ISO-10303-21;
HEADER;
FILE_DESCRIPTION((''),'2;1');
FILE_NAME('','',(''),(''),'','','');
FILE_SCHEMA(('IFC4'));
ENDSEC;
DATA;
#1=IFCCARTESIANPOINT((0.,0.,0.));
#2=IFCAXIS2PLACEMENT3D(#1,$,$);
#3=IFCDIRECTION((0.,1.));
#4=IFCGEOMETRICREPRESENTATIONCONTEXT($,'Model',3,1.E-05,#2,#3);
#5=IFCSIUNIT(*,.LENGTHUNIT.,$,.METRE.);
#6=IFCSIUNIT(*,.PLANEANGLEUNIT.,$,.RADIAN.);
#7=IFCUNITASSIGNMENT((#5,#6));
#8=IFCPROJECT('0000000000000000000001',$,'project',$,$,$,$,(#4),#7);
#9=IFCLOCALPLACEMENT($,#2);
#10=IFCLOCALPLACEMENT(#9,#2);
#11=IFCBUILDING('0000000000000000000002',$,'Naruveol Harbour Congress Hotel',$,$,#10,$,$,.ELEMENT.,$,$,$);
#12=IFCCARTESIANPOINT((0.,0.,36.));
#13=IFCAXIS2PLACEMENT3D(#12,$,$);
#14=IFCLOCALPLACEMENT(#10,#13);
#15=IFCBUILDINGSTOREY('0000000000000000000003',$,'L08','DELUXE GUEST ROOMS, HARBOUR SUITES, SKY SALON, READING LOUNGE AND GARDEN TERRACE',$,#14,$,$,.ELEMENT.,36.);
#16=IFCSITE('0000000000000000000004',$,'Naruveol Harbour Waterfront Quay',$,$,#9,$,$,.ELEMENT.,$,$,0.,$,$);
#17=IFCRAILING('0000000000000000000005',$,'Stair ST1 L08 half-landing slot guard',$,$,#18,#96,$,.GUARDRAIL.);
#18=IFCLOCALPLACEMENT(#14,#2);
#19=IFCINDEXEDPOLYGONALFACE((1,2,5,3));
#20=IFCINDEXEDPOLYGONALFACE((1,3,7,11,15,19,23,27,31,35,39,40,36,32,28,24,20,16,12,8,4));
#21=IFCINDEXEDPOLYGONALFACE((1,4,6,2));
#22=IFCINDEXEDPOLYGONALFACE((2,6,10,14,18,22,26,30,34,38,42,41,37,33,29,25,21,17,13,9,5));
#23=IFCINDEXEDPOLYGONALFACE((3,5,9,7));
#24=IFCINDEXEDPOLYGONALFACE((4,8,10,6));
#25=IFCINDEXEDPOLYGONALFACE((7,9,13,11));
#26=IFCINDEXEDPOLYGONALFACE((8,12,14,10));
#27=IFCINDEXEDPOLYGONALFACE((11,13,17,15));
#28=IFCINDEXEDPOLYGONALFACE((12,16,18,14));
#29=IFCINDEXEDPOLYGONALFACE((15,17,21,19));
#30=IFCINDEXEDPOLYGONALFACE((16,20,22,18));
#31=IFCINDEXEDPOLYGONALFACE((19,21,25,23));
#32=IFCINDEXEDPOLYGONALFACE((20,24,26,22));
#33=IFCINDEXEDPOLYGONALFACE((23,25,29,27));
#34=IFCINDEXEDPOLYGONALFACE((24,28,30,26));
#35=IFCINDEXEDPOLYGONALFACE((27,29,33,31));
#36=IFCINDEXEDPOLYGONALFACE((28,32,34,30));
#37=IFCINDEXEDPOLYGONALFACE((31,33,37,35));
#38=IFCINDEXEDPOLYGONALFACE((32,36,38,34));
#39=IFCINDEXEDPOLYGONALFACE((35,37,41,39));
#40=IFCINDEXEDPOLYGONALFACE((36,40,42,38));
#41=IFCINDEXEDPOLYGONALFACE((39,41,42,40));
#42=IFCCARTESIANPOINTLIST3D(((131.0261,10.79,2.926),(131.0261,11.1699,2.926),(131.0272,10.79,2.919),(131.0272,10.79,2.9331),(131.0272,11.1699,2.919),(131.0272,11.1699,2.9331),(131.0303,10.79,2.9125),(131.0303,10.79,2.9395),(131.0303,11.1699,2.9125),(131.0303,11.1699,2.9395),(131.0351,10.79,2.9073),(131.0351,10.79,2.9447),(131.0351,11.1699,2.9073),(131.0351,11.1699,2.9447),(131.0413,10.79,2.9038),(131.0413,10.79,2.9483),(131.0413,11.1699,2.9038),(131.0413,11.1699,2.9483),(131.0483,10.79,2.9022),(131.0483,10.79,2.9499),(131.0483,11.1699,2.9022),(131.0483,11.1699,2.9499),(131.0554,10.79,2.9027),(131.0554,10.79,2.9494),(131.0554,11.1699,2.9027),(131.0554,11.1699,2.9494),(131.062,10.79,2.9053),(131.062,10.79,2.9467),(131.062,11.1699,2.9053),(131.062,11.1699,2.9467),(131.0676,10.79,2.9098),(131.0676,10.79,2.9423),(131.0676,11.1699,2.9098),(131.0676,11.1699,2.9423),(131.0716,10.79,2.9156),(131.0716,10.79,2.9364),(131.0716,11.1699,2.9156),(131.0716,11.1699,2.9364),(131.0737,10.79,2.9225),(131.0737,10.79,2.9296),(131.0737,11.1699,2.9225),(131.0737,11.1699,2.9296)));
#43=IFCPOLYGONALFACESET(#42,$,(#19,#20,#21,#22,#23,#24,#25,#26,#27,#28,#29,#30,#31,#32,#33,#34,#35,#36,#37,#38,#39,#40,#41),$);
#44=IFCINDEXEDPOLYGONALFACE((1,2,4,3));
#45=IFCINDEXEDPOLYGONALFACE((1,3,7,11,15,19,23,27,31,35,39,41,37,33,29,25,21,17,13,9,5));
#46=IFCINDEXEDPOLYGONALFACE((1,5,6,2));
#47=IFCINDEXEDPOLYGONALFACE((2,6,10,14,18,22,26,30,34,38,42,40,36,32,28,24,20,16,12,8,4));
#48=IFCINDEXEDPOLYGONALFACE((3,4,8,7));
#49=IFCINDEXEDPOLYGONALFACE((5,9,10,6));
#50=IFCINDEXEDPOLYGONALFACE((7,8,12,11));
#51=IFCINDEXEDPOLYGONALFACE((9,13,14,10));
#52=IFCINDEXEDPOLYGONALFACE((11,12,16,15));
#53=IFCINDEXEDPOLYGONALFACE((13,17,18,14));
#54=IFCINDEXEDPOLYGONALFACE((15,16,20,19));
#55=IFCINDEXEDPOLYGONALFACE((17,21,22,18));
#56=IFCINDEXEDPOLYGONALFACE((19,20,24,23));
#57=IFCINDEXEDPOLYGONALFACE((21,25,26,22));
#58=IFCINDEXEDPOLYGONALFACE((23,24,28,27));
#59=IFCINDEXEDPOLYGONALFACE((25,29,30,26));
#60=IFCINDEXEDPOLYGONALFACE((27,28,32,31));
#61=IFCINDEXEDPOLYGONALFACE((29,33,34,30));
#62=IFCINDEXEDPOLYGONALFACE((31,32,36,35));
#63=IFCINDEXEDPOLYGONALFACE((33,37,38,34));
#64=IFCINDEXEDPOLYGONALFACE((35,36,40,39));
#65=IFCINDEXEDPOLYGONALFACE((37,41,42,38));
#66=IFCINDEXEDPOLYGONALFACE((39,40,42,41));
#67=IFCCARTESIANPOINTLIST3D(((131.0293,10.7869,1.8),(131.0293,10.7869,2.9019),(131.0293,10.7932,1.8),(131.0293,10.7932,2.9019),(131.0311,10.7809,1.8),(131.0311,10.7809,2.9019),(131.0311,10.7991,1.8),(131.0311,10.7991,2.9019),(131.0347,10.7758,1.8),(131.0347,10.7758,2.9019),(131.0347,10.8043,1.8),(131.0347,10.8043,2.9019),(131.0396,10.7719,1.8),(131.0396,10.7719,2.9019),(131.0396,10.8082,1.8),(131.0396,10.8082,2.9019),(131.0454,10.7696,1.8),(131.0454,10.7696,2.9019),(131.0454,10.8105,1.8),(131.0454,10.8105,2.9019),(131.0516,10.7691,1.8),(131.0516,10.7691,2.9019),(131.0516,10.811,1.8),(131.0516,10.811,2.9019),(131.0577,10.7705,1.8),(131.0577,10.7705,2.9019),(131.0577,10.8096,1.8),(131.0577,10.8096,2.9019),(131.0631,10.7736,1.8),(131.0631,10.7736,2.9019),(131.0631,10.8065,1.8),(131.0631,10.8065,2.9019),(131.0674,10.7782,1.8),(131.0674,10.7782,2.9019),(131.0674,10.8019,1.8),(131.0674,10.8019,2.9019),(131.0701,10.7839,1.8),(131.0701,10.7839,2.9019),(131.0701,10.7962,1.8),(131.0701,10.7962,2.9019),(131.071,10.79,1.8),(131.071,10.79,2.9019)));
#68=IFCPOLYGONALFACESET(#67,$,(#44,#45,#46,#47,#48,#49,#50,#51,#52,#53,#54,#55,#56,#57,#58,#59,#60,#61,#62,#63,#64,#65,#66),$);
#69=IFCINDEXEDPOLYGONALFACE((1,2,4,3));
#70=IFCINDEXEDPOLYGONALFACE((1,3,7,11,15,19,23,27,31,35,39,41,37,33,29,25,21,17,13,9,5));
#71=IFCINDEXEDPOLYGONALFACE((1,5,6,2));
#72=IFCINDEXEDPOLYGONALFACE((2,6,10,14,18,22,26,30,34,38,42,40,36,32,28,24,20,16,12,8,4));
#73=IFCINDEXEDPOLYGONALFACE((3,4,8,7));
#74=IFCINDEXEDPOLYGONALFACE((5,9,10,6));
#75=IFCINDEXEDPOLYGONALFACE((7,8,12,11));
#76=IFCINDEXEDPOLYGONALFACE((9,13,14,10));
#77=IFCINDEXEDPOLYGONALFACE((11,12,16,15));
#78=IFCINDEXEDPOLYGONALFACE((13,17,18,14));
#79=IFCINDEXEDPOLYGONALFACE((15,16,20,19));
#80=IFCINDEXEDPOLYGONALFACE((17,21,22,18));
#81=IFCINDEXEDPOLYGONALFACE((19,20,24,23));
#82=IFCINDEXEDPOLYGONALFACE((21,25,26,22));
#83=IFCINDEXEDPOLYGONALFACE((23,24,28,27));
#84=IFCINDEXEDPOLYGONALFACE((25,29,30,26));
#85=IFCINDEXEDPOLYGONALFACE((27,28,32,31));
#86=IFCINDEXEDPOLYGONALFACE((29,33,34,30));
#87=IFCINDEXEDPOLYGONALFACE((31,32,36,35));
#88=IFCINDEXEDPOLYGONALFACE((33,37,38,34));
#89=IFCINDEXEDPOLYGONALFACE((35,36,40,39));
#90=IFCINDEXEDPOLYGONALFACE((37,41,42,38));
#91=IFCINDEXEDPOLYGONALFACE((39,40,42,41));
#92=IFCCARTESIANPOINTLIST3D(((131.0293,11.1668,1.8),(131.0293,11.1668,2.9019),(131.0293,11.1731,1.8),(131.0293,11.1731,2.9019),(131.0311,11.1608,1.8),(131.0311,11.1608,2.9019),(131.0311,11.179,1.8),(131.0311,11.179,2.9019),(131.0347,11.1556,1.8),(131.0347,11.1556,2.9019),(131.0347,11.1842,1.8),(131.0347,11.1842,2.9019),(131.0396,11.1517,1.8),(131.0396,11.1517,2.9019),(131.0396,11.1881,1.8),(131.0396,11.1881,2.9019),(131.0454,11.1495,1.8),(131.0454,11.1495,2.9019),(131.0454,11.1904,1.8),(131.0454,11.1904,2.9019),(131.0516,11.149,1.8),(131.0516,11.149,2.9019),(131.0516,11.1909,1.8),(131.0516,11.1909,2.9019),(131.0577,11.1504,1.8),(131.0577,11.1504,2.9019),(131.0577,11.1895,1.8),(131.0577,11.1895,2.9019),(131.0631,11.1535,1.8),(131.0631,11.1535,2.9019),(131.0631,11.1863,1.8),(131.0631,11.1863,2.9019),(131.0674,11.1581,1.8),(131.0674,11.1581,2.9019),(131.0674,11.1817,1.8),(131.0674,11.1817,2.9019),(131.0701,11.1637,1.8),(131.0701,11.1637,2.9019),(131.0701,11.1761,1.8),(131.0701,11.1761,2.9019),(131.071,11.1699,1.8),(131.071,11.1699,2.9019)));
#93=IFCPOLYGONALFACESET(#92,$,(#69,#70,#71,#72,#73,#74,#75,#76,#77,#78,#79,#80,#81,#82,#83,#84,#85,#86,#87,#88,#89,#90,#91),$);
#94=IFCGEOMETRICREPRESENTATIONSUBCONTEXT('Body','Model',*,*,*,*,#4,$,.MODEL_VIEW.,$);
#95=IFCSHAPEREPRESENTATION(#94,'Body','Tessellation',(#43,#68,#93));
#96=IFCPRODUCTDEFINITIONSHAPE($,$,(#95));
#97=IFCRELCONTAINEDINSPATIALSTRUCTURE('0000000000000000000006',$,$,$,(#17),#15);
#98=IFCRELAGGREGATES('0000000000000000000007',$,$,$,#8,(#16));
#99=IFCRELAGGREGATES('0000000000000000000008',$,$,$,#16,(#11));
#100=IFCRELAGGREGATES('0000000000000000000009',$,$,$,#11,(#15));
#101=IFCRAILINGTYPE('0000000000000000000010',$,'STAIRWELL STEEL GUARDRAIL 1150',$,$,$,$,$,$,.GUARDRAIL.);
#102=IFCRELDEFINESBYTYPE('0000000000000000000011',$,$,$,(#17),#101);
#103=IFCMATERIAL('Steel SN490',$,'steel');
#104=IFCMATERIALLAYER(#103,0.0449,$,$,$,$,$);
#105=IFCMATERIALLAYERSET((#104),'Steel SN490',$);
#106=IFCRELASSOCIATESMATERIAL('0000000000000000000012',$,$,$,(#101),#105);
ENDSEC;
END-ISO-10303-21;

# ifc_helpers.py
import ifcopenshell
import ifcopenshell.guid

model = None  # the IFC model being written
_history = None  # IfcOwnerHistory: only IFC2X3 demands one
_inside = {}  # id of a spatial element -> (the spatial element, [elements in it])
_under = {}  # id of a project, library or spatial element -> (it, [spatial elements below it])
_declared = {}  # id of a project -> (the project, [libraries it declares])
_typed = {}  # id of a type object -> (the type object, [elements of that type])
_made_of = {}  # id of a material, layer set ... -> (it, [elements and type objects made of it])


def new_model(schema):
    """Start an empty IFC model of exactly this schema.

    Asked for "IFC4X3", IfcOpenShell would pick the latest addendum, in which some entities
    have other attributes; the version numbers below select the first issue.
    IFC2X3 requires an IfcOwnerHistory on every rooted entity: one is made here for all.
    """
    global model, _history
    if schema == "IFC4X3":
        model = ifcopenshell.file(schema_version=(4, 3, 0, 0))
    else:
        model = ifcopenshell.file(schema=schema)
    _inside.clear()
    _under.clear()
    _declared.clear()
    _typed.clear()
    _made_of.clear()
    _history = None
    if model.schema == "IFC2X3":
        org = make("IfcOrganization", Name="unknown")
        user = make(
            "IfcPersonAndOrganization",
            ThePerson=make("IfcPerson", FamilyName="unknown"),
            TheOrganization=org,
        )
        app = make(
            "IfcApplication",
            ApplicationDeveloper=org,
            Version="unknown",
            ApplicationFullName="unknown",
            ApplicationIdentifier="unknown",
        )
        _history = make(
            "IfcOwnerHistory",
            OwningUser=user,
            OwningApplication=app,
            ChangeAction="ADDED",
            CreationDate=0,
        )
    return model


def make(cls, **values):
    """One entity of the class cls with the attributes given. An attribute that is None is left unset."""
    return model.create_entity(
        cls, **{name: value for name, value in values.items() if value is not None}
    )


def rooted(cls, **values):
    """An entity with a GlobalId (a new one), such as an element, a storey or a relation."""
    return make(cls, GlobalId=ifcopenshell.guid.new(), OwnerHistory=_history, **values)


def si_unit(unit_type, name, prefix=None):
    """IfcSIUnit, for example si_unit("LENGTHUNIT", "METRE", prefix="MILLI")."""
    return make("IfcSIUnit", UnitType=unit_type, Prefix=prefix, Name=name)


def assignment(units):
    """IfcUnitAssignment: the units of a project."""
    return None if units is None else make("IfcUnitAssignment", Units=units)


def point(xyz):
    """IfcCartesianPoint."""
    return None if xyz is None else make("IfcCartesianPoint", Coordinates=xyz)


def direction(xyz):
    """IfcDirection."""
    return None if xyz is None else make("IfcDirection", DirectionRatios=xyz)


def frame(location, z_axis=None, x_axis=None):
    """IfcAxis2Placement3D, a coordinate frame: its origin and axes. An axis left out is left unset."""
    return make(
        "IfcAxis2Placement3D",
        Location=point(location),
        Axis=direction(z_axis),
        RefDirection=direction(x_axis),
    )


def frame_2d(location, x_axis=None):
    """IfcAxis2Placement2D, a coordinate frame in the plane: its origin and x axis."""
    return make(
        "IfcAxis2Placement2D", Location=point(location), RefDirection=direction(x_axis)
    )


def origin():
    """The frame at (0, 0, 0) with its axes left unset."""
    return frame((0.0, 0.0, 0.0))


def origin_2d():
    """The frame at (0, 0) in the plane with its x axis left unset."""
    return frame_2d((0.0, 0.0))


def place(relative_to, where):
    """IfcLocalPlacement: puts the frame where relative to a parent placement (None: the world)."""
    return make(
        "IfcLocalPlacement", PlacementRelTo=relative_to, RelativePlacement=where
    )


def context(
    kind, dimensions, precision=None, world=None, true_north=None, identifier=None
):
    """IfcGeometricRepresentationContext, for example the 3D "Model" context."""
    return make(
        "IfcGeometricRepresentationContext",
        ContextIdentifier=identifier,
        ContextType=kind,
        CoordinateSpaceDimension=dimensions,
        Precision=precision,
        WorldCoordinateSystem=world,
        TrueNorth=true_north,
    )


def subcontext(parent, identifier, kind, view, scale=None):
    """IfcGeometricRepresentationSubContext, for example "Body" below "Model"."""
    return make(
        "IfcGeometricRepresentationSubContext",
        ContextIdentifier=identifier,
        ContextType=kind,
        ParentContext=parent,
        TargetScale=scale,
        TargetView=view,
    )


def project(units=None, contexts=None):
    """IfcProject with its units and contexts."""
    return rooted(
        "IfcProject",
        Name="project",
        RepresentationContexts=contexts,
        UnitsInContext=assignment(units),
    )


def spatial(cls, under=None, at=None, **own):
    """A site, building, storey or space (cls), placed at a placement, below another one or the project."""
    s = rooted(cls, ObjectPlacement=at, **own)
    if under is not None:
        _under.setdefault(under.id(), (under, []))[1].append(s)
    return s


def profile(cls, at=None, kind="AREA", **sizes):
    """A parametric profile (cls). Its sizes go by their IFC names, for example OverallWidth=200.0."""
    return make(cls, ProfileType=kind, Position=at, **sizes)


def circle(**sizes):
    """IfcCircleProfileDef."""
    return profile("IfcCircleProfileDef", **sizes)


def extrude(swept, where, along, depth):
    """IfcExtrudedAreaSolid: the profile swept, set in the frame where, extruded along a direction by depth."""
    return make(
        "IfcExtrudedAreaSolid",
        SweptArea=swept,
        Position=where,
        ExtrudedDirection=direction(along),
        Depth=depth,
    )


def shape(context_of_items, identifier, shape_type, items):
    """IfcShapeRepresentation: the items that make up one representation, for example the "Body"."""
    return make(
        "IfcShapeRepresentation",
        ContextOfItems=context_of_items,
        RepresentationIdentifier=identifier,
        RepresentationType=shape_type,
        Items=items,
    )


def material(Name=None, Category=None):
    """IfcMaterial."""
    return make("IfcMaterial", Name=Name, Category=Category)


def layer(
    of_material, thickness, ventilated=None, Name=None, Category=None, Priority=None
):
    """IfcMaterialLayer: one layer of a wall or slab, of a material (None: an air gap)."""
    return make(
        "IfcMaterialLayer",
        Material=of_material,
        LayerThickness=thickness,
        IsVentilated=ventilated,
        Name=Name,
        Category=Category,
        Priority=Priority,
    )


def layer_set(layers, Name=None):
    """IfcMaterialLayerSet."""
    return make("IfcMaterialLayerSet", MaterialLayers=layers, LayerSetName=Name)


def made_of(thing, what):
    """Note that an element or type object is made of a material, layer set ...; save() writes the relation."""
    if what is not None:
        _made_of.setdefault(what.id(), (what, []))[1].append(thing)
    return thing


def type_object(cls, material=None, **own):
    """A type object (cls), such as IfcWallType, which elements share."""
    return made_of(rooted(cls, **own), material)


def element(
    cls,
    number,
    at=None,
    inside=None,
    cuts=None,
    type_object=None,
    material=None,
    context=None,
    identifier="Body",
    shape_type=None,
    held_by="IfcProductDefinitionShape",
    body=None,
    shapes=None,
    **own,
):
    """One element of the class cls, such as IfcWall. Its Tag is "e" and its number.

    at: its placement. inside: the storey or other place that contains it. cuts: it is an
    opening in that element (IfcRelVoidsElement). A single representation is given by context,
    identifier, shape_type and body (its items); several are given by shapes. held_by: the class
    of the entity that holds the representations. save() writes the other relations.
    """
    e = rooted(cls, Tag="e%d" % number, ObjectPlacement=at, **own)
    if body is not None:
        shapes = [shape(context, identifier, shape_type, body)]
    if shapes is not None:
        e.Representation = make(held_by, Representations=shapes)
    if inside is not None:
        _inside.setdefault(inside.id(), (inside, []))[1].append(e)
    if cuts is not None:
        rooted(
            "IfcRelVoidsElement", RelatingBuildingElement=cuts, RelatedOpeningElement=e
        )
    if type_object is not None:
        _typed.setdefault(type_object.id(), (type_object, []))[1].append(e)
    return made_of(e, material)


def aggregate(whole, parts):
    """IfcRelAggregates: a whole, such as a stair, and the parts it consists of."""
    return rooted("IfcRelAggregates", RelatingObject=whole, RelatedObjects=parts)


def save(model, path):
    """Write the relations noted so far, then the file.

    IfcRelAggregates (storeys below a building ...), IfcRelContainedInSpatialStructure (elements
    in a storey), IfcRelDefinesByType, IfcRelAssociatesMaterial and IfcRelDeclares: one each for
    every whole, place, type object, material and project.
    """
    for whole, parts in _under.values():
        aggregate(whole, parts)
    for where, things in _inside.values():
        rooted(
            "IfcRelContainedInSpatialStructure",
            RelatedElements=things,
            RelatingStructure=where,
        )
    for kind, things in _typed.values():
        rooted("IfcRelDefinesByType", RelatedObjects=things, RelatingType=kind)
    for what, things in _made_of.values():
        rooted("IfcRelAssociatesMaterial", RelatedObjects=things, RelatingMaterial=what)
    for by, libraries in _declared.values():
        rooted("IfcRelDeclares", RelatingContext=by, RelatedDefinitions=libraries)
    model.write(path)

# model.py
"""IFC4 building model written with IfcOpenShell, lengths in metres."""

from ifc_helpers import new_model, si_unit, direction, frame, origin, origin_2d, place, context, subcontext, project, spatial, circle, extrude, material, layer, layer_set, type_object, element, save


model = new_model("IFC4")

# Units and contexts
model_context = context("Model", 3, precision=1e-05, world=origin(), true_north=direction((0.0, 1.0)))
body_context = subcontext(model_context, "Body", "Model", "MODEL_VIEW")
ifc_project = project(units=[si_unit("LENGTHUNIT", "METRE"), si_unit("PLANEANGLEUNIT", "RADIAN")], contexts=[model_context])

# Site, building, storey
site_placement = place(None, origin())
site = spatial("IfcSite", under=ifc_project, at=site_placement, Name="Naruveol Harbour Waterfront Quay", CompositionType="ELEMENT", RefElevation=0.0)
building_placement = place(site_placement, origin())
building = spatial("IfcBuilding", under=site, at=building_placement, Name="Naruveol Harbour Congress Hotel", CompositionType="ELEMENT")
storey_placement = place(building_placement, frame((0.0, 0.0, 36.0)))
storey = spatial("IfcBuildingStorey", under=building, at=storey_placement, Name="L08", Description="DELUXE GUEST ROOMS, HARBOUR SUITES, SKY SALON, READING LOUNGE AND GARDEN TERRACE", CompositionType="ELEMENT", Elevation=36.0)

# Railing
ifc_material_1 = material(Name="Steel SN490", Category="steel")
ifc_layer_1 = layer(ifc_material_1, 0.0449)
ifc_layer_set_1 = layer_set([ifc_layer_1], Name="Steel SN490")
railing_type_1 = type_object("IfcRailingType", Name="STAIRWELL STEEL GUARDRAIL 1150", PredefinedType="GUARDRAIL", material=ifc_layer_set_1)
railing_1_placement = place(storey_placement, frame((131.05, 10.79, 1.8)))
element("IfcRailing", 1, at=railing_1_placement, inside=storey, type_object=railing_type_1, Name="Stair ST1 L08 half-landing slot guard", PredefinedType="GUARDRAIL", context=body_context, shape_type="SweptSolid", body=[
    extrude(circle(Radius=0.0239, at=origin_2d()), frame((0.0, 0.0, 1.126), z_axis=(0.0, 1.0, 0.0), x_axis=(-1.0, 0.0, 0.0)), (0.0, 0.0, 1.0), 0.3799),
    extrude(circle(Radius=0.021, at=origin_2d()), origin(), (0.0, 0.0, 1.0), 1.1018),
    extrude(circle(Radius=0.021, at=origin_2d()), frame((0.0, 0.3799, 0.0)), (0.0, 0.0, 1.0), 1.1018),
])

save(model, "model.ifc")
